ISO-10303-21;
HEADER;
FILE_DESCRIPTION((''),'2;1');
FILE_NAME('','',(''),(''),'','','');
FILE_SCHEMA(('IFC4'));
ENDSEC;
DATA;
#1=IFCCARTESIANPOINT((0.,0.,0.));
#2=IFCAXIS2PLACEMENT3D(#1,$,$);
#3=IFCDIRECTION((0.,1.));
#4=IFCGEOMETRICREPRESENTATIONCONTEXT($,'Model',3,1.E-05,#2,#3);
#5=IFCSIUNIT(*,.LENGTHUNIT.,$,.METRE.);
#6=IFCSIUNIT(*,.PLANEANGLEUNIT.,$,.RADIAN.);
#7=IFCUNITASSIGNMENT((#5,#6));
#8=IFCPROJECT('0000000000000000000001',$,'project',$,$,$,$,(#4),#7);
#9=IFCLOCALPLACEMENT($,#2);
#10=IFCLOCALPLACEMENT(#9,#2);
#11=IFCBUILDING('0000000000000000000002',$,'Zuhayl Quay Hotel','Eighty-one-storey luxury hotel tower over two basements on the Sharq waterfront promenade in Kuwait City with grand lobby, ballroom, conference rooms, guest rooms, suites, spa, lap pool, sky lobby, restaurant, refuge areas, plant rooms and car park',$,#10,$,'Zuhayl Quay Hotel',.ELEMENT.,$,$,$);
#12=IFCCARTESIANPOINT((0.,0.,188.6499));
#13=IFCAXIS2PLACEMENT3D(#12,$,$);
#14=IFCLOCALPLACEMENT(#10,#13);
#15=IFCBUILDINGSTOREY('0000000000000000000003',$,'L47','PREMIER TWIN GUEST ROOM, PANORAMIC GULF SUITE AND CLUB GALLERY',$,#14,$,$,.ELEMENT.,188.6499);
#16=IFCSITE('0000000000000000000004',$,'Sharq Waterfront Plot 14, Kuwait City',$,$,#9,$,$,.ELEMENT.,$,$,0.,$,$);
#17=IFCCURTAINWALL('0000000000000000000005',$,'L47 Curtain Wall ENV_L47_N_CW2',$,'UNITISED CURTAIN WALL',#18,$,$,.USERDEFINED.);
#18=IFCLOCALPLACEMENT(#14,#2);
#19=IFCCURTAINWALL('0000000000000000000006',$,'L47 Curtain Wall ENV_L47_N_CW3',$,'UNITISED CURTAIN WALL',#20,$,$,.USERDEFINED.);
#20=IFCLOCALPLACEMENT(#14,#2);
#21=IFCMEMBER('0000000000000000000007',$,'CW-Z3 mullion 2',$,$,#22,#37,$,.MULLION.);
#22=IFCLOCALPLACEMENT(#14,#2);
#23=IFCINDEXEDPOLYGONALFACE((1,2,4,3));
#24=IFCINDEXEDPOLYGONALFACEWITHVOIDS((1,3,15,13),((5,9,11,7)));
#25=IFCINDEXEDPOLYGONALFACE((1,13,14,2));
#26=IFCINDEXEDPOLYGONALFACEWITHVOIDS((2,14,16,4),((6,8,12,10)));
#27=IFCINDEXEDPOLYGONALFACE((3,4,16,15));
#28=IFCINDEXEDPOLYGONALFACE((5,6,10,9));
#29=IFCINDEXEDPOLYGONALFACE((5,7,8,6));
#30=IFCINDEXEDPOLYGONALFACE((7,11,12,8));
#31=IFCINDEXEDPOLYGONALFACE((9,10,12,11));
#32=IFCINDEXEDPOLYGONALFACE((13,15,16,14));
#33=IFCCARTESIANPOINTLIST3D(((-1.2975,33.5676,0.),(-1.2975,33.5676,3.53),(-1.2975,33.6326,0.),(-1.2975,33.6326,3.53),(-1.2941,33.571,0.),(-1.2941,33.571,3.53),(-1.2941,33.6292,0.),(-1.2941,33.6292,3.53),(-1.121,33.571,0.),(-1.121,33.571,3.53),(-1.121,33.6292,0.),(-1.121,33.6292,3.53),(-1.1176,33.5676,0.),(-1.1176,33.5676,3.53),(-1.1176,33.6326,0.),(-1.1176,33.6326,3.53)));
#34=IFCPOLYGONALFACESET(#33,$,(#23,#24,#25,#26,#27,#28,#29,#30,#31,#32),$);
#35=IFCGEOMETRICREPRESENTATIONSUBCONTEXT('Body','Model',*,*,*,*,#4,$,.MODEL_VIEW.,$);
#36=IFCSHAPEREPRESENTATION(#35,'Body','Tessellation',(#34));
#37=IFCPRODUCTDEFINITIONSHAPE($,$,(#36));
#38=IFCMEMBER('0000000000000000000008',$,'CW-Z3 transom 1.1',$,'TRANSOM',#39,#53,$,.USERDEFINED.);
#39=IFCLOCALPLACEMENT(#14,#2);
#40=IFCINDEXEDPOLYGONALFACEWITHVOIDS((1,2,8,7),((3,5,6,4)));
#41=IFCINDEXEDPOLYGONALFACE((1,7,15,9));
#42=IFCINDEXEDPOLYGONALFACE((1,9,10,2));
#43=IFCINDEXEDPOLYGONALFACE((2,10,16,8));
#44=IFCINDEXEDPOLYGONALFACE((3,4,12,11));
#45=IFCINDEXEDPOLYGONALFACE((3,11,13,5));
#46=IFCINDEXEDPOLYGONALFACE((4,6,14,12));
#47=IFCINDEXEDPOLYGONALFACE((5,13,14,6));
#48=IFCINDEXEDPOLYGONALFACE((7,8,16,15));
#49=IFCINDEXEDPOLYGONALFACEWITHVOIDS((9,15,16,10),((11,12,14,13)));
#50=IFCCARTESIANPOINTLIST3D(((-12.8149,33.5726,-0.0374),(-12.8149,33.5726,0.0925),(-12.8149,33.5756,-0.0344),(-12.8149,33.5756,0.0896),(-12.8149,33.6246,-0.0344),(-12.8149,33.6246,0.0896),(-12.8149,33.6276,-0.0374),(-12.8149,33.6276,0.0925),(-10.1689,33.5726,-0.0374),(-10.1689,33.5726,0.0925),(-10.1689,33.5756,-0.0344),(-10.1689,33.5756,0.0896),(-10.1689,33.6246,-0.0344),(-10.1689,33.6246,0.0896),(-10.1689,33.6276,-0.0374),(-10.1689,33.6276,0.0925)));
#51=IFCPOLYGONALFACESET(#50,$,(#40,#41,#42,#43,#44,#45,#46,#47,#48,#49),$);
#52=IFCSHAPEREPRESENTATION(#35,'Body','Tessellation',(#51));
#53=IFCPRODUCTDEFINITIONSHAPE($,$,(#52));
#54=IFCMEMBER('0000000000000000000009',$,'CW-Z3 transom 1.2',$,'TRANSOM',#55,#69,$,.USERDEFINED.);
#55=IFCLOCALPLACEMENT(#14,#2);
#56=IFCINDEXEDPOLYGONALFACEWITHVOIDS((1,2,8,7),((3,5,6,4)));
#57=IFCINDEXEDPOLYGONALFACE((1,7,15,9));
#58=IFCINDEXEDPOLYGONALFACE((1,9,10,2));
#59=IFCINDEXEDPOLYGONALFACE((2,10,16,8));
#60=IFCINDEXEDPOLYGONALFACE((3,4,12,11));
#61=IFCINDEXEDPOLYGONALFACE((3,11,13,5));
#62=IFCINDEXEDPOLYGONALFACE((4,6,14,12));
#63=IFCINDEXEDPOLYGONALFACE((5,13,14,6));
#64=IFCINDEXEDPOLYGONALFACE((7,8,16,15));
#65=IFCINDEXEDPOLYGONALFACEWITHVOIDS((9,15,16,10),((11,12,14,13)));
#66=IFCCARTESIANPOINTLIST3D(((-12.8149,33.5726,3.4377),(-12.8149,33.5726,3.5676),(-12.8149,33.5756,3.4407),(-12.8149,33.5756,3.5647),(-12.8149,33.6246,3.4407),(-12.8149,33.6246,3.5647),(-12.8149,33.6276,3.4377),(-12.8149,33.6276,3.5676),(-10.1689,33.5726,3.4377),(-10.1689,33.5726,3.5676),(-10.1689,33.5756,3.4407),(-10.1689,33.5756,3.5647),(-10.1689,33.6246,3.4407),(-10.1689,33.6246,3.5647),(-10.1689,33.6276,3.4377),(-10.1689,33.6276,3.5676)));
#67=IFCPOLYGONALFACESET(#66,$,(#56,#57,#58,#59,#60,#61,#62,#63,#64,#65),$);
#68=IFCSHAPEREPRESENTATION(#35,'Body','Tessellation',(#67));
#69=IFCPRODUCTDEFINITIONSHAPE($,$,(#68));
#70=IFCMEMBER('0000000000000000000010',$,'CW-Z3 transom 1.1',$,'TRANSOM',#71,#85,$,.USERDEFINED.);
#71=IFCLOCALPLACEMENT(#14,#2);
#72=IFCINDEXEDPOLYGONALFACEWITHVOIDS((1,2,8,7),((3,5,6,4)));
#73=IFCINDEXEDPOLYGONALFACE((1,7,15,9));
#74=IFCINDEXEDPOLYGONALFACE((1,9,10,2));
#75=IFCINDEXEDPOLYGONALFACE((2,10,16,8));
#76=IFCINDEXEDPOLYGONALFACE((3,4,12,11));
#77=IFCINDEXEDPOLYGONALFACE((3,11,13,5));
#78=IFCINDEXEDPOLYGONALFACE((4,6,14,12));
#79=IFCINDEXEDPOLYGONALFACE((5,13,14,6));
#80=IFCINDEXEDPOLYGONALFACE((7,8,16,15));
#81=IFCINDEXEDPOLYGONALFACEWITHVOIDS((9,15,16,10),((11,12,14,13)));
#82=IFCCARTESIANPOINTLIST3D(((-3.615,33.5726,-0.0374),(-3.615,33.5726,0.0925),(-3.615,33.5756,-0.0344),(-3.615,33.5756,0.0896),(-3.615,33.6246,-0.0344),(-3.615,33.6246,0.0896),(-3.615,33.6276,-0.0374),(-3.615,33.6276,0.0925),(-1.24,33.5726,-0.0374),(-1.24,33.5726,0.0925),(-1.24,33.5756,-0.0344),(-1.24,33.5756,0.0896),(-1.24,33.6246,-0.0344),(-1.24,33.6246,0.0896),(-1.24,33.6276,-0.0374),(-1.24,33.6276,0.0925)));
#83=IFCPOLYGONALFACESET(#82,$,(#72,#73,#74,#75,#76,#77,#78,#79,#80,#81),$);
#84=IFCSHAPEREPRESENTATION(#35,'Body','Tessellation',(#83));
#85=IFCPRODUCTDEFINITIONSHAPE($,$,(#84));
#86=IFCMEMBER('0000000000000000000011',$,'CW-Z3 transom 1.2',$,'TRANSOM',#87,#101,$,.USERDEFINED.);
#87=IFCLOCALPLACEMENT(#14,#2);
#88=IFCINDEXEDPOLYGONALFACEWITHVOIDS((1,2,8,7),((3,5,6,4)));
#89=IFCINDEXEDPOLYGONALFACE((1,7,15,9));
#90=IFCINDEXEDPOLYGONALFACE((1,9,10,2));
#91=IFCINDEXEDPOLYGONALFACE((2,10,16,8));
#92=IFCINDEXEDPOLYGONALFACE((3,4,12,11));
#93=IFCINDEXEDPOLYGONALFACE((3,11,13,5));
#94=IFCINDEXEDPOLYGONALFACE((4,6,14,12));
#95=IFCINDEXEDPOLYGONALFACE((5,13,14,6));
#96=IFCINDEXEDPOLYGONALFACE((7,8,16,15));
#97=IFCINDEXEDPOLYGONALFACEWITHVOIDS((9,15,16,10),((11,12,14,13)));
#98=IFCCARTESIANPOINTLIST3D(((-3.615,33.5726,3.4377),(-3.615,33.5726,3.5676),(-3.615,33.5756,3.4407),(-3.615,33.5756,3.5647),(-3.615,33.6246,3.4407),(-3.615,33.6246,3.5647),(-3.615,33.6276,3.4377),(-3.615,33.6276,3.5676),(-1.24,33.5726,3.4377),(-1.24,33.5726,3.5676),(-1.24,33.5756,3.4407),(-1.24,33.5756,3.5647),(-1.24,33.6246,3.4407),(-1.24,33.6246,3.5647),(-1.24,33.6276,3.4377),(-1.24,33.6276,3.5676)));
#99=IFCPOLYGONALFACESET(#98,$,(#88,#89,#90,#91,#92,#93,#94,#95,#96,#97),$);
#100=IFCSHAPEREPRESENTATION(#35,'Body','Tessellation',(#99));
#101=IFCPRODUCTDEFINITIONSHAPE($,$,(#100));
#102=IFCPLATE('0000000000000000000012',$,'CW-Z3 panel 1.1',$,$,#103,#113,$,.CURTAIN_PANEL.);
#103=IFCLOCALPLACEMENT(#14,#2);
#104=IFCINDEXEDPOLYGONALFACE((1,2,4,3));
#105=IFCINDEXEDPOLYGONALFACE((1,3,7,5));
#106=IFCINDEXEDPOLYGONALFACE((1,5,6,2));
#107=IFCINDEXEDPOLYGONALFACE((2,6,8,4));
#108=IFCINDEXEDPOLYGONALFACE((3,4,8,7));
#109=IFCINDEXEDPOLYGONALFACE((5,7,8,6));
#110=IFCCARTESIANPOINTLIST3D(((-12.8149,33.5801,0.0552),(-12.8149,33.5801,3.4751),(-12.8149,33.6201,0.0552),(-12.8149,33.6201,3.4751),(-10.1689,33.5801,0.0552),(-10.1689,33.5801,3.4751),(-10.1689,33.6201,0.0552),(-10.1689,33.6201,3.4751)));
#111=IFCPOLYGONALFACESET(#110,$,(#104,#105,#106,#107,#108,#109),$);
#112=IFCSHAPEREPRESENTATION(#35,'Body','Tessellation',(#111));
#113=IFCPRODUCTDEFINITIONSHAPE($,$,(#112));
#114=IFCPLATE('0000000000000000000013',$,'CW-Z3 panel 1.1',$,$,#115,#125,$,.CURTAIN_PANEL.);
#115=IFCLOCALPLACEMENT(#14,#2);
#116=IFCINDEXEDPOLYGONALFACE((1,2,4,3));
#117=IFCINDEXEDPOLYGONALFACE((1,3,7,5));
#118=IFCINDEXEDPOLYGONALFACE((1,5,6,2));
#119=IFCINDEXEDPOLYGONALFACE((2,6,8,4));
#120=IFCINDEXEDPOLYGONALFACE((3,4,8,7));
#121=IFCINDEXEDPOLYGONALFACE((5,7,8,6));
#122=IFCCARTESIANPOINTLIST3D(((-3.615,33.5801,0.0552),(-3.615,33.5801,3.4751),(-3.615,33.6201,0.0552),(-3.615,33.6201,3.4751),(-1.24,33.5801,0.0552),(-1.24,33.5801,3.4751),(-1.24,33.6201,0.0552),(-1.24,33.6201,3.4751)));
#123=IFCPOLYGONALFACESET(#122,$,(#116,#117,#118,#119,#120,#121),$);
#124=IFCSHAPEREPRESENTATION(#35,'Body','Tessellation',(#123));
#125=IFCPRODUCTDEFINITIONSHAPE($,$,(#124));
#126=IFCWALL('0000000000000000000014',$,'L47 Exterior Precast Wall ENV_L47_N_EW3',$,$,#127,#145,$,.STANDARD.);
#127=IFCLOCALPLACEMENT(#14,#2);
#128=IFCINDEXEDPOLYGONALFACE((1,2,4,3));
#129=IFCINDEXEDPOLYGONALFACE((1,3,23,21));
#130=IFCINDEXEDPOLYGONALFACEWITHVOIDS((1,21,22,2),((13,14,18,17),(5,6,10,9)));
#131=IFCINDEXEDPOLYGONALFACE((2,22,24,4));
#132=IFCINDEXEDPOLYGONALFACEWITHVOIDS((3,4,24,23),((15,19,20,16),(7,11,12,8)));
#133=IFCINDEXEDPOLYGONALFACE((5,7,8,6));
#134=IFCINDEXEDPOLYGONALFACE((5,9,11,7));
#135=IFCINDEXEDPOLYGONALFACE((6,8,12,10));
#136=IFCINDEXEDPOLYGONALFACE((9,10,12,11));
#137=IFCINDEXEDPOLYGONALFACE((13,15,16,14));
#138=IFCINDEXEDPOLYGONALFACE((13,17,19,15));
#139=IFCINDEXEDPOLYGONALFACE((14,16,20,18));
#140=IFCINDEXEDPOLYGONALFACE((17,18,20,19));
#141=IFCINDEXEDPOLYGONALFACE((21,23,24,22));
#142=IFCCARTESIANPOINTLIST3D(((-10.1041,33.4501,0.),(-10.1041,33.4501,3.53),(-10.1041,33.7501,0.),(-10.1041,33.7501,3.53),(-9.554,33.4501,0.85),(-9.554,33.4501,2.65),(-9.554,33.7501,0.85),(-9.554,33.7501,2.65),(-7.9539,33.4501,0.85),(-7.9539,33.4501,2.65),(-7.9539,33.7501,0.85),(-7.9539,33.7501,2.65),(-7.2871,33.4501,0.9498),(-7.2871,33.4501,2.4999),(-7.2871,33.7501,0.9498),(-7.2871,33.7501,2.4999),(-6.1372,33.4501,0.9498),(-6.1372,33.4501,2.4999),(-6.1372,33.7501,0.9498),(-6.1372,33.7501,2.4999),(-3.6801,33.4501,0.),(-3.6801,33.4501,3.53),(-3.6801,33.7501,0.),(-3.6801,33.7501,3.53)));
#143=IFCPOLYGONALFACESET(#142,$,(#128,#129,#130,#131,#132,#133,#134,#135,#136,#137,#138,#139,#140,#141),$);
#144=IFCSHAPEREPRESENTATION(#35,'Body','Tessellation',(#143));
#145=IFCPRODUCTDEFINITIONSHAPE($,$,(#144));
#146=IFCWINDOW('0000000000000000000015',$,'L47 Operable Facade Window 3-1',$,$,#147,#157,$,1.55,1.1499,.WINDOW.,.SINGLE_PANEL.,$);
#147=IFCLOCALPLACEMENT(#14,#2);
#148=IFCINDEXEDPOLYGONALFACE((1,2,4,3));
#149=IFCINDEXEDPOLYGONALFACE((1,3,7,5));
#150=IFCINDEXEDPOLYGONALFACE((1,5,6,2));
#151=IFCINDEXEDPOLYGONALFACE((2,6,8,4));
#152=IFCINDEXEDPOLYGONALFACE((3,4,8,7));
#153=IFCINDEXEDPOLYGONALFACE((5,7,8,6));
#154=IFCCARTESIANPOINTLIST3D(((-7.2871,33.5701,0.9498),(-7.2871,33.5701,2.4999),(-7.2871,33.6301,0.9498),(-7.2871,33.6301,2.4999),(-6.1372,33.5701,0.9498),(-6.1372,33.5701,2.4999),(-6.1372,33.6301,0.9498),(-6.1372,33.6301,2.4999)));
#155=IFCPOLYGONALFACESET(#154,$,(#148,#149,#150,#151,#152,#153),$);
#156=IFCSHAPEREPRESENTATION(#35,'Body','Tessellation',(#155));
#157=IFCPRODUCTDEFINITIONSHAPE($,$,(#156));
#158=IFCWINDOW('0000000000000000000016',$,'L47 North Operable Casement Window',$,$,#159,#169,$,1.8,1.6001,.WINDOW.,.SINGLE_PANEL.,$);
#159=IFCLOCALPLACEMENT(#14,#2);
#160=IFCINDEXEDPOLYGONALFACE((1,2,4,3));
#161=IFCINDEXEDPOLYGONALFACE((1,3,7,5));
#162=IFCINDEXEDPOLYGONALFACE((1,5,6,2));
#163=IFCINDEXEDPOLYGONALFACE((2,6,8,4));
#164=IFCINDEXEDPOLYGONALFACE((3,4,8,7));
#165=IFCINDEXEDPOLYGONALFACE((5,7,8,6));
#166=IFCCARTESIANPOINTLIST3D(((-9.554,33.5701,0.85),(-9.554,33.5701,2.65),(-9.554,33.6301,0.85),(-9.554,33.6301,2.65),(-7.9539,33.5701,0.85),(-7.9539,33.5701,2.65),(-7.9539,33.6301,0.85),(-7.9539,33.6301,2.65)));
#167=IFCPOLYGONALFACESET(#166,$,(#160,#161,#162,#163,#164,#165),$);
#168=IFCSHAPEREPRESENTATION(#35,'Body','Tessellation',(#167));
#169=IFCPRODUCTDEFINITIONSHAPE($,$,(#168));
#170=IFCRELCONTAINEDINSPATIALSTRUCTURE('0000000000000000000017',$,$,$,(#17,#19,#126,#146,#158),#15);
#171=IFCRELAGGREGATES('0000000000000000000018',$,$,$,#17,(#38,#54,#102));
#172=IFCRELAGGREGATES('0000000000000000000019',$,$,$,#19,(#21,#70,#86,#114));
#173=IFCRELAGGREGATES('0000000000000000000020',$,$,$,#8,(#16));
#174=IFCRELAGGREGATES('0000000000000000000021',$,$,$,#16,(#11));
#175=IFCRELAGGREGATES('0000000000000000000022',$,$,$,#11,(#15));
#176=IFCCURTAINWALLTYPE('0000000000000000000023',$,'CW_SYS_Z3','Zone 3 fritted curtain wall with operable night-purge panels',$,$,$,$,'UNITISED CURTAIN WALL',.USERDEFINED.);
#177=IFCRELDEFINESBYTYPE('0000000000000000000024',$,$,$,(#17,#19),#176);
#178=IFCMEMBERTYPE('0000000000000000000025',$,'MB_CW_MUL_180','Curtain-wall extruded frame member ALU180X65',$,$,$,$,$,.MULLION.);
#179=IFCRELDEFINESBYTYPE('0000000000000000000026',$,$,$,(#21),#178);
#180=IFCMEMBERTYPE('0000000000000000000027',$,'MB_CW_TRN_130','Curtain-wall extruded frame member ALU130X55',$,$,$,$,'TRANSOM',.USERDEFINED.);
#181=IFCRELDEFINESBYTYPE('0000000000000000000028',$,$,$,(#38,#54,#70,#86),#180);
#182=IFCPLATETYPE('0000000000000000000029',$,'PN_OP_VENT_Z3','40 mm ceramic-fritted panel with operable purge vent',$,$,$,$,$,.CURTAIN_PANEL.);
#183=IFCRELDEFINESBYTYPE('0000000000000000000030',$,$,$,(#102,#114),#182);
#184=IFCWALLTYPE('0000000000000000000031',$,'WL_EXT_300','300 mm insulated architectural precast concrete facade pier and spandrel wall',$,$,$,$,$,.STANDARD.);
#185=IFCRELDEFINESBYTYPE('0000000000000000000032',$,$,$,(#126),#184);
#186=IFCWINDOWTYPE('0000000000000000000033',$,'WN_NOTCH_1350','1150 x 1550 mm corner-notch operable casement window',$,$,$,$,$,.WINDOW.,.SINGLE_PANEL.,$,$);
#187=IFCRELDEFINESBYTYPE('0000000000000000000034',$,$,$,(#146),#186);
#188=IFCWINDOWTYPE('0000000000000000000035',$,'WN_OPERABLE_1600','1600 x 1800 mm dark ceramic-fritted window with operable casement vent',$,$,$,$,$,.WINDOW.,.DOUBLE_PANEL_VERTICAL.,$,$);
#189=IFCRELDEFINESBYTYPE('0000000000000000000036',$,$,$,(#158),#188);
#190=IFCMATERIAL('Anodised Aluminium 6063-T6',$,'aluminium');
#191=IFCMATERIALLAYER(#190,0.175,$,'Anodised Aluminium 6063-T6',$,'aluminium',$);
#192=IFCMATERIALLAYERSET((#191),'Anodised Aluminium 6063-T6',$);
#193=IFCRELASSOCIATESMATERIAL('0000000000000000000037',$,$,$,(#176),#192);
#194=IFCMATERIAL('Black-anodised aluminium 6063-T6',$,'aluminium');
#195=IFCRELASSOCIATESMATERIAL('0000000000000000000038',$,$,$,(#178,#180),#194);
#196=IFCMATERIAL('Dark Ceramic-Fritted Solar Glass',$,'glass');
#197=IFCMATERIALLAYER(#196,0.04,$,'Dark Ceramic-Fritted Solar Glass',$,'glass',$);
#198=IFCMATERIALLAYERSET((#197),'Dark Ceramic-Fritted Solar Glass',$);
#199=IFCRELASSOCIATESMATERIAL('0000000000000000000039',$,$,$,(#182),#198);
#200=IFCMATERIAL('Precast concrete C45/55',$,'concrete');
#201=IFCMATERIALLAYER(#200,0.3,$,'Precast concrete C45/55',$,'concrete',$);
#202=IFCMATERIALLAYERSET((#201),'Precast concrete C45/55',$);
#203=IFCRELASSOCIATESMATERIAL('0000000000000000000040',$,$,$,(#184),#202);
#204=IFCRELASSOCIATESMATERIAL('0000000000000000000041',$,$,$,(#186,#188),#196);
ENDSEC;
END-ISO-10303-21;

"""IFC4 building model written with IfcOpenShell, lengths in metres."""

from ifc_helpers import new_model, si_unit, direction, frame, frame_2d, origin, origin_2d, place, context, subcontext, project, spatial, rectangle, hollow_rectangle, extrude, material, layer, layer_set, material_profile, profile_set, type_object, element, fill, aggregate, save


model = new_model("IFC4")

# Units and contexts
model_context = context("Model", 3, precision=1e-05, world=origin(), true_north=direction((0.0, 1.0)))
body_context = subcontext(model_context, "Body", "Model", "MODEL_VIEW")
ifc_project = project(units=[si_unit("LENGTHUNIT", "METRE"), si_unit("PLANEANGLEUNIT", "RADIAN")], contexts=[model_context])

# Site, building, storey
site_placement = place(None, origin())
site = spatial("IfcSite", under=ifc_project, at=site_placement, Name="Sharq Waterfront Plot 14, Kuwait City", CompositionType="ELEMENT", RefElevation=0.0)
building_placement = place(site_placement, origin())
building = spatial("IfcBuilding", under=site, at=building_placement, Name="Zuhayl Quay Hotel", Description="Eighty-one-storey luxury hotel tower over two basements on the Sharq waterfront promenade in Kuwait City with grand lobby, ballroom, conference rooms, guest rooms, suites, spa, lap pool, sky lobby, restaurant, refuge areas, plant rooms and car park", LongName="Zuhayl Quay Hotel", CompositionType="ELEMENT")
storey_placement = place(building_placement, frame((0.0, 0.0, 188.6499)))
storey = spatial("IfcBuildingStorey", under=building, at=storey_placement, Name="L47", Description="PREMIER TWIN GUEST ROOM, PANORAMIC GULF SUITE AND CLUB GALLERY", CompositionType="ELEMENT", Elevation=188.6499)

# Curtain walls, member
ifc_material_1 = material(Name="Anodised Aluminium 6063-T6", Category="aluminium")
ifc_layer_1 = layer(ifc_material_1, 0.175, Name="Anodised Aluminium 6063-T6", Category="aluminium")
ifc_layer_set_1 = layer_set([ifc_layer_1], Name="Anodised Aluminium 6063-T6")
curtain_wall_type = type_object("IfcCurtainWallType", Name="CW_SYS_Z3", Description="Zone 3 fritted curtain wall with operable night-purge panels", ElementType="UNITISED CURTAIN WALL", PredefinedType="USERDEFINED", material=ifc_layer_set_1)
curtain_wall_1_placement = place(storey_placement, origin())
curtain_wall_1 = element("IfcCurtainWall", 1, at=curtain_wall_1_placement, inside=storey, type_object=curtain_wall_type, Name="L47 Curtain Wall ENV_L47_N_CW2", ObjectType="UNITISED CURTAIN WALL", PredefinedType="USERDEFINED")
ifc_material_2 = material(Name="Black-anodised aluminium 6063-T6", Category="aluminium")
ifc_material_profile_1 = material_profile(ifc_material_2, hollow_rectangle(XDim=0.0649, YDim=0.1799, WallThickness=0.0034, at=origin_2d()), Name="ALU180X65")
ifc_profile_set_1 = profile_set([ifc_material_profile_1], Name="Black-anodised aluminium 6063-T6")
member_type_1 = type_object("IfcMemberType", Name="MB_CW_MUL_180", Description="Curtain-wall extruded frame member ALU180X65", PredefinedType="MULLION", material=ifc_profile_set_1)
curtain_wall_2_placement = place(storey_placement, origin())
curtain_wall_2 = element("IfcCurtainWall", 2, at=curtain_wall_2_placement, inside=storey, type_object=curtain_wall_type, Name="L47 Curtain Wall ENV_L47_N_CW3", ObjectType="UNITISED CURTAIN WALL", PredefinedType="USERDEFINED")
member_1_placement = place(storey_placement, frame((-1.2075, 33.6001, 0.0), z_axis=(0.0, 0.0, 1.0), x_axis=(0.0, 1.0, 0.0)))
member_1 = element("IfcMember", 3, at=member_1_placement, type_object=member_type_1, Name="CW-Z3 mullion 2", PredefinedType="MULLION", context=body_context, shape_type="SweptSolid", body=[
    extrude(hollow_rectangle(XDim=0.0649, YDim=0.1799, WallThickness=0.0034, at=origin_2d()), origin(), (0.0, 0.0, 1.0), 3.53),
])

# Members
ifc_material_profile_2 = material_profile(ifc_material_2, hollow_rectangle(XDim=0.0549, YDim=0.1299, WallThickness=0.0029, at=origin_2d()), Name="ALU130X55")
ifc_profile_set_2 = profile_set([ifc_material_profile_2], Name="Black-anodised aluminium 6063-T6")
member_type_2 = type_object("IfcMemberType", Name="MB_CW_TRN_130", Description="Curtain-wall extruded frame member ALU130X55", ElementType="TRANSOM", PredefinedType="USERDEFINED", material=ifc_profile_set_2)
member_2_placement = place(storey_placement, frame((-12.8149, 33.6001, 0.0276), z_axis=(1.0, 0.0, 0.0), x_axis=(0.0, 1.0, 0.0)))
member_2 = element("IfcMember", 4, at=member_2_placement, type_object=member_type_2, Name="CW-Z3 transom 1.1", ObjectType="TRANSOM", PredefinedType="USERDEFINED", context=body_context, shape_type="SweptSolid", body=[
    extrude(hollow_rectangle(XDim=0.0549, YDim=0.1299, WallThickness=0.0029, at=origin_2d()), origin(), (0.0, 0.0, 1.0), 2.646),
])
member_3_placement = place(storey_placement, frame((-12.8149, 33.6001, 3.5027), z_axis=(1.0, 0.0, 0.0), x_axis=(0.0, 1.0, 0.0)))
member_3 = element("IfcMember", 5, at=member_3_placement, type_object=member_type_2, Name="CW-Z3 transom 1.2", ObjectType="TRANSOM", PredefinedType="USERDEFINED", context=body_context, shape_type="SweptSolid", body=[
    extrude(hollow_rectangle(XDim=0.0549, YDim=0.1299, WallThickness=0.0029, at=origin_2d()), origin(), (0.0, 0.0, 1.0), 2.646),
])
member_4_placement = place(storey_placement, frame((-3.615, 33.6001, 0.0276), z_axis=(1.0, 0.0, 0.0), x_axis=(0.0, 1.0, 0.0)))
member_4 = element("IfcMember", 6, at=member_4_placement, type_object=member_type_2, Name="CW-Z3 transom 1.1", ObjectType="TRANSOM", PredefinedType="USERDEFINED", context=body_context, shape_type="SweptSolid", body=[
    extrude(hollow_rectangle(XDim=0.0549, YDim=0.1299, WallThickness=0.0029, at=origin_2d()), origin(), (0.0, 0.0, 1.0), 2.375),
])
member_5_placement = place(storey_placement, frame((-3.615, 33.6001, 3.5027), z_axis=(1.0, 0.0, 0.0), x_axis=(0.0, 1.0, 0.0)))
member_5 = element("IfcMember", 7, at=member_5_placement, type_object=member_type_2, Name="CW-Z3 transom 1.2", ObjectType="TRANSOM", PredefinedType="USERDEFINED", context=body_context, shape_type="SweptSolid", body=[
    extrude(hollow_rectangle(XDim=0.0549, YDim=0.1299, WallThickness=0.0029, at=origin_2d()), origin(), (0.0, 0.0, 1.0), 2.375),
])

# Plates
ifc_material_3 = material(Name="Dark Ceramic-Fritted Solar Glass", Category="glass")
ifc_layer_2 = layer(ifc_material_3, 0.04, Name="Dark Ceramic-Fritted Solar Glass", Category="glass")
ifc_layer_set_2 = layer_set([ifc_layer_2], Name="Dark Ceramic-Fritted Solar Glass")
plate_type = type_object("IfcPlateType", Name="PN_OP_VENT_Z3", Description="40 mm ceramic-fritted panel with operable purge vent", PredefinedType="CURTAIN_PANEL", material=ifc_layer_set_2)
plate_1_placement = place(storey_placement, frame((-11.4919, 33.6001, 0.0552), z_axis=(0.0, 0.0, 1.0), x_axis=(1.0, 0.0, 0.0)))
plate_1 = element("IfcPlate", 8, at=plate_1_placement, type_object=plate_type, Name="CW-Z3 panel 1.1", PredefinedType="CURTAIN_PANEL", context=body_context, shape_type="SweptSolid", body=[
    extrude(rectangle(XDim=2.646, YDim=0.04, at=origin_2d()), origin(), (0.0, 0.0, 1.0), 3.4199),
])
aggregate(curtain_wall_1, [member_2, member_3, plate_1])
plate_2_placement = place(storey_placement, frame((-2.4275, 33.6001, 0.0552), z_axis=(0.0, 0.0, 1.0), x_axis=(1.0, 0.0, 0.0)))
plate_2 = element("IfcPlate", 9, at=plate_2_placement, type_object=plate_type, Name="CW-Z3 panel 1.1", PredefinedType="CURTAIN_PANEL", context=body_context, shape_type="SweptSolid", body=[
    extrude(rectangle(XDim=2.375, YDim=0.04, at=origin_2d()), origin(), (0.0, 0.0, 1.0), 3.4199),
])
aggregate(curtain_wall_2, [member_1, member_4, member_5, plate_2])

# Wall, openings, windows
ifc_material_4 = material(Name="Precast concrete C45/55", Category="concrete")
ifc_layer_3 = layer(ifc_material_4, 0.3, Name="Precast concrete C45/55", Category="concrete")
ifc_layer_set_3 = layer_set([ifc_layer_3], Name="Precast concrete C45/55")
wall_type_1 = type_object("IfcWallType", Name="WL_EXT_300", Description="300 mm insulated architectural precast concrete facade pier and spandrel wall", PredefinedType="STANDARD", material=ifc_layer_set_3)
wall_1_placement = place(storey_placement, frame((-10.104, 33.6001, 0.0), z_axis=(0.0, 0.0, 1.0), x_axis=(1.0, 0.0, 0.0)))
wall_1 = element("IfcWall", 10, at=wall_1_placement, inside=storey, type_object=wall_type_1, Name="L47 Exterior Precast Wall ENV_L47_N_EW3", PredefinedType="STANDARD", context=body_context, shape_type="SweptSolid", body=[
    extrude(rectangle(XDim=6.4241, YDim=0.3, at=frame_2d((3.2119, 0.0))), origin(), (0.0, 0.0, 1.0), 3.53),
])
opening_1_placement = place(wall_1_placement, frame((0.55, 0.0, 0.8501)))
opening_1 = element("IfcOpeningElement", 11, at=opening_1_placement, cuts=wall_1, PredefinedType="OPENING", context=body_context, shape_type="SweptSolid", body=[
    extrude(rectangle(XDim=1.6001, YDim=1.8, at=frame_2d((0.8, 0.8999))), frame((0.0, 0.1599, 0.0), z_axis=(0.0, -1.0, 0.0), x_axis=(1.0, 0.0, 0.0)), (0.0, 0.0, 1.0), 0.3201),
])
opening_2_placement = place(wall_1_placement, frame((2.8169, 0.0, 0.95)))
opening_2 = element("IfcOpeningElement", 12, at=opening_2_placement, cuts=wall_1, PredefinedType="OPENING", context=body_context, shape_type="SweptSolid", body=[
    extrude(rectangle(XDim=1.1499, YDim=1.55, at=frame_2d((0.575, 0.7749))), frame((0.0, 0.1599, 0.0), z_axis=(0.0, -1.0, 0.0), x_axis=(1.0, 0.0, 0.0)), (0.0, 0.0, 1.0), 0.3201),
])
window_type_1 = type_object("IfcWindowType", Name="WN_NOTCH_1350", Description="1150 x 1550 mm corner-notch operable casement window", PartitioningType="SINGLE_PANEL", PredefinedType="WINDOW", material=ifc_material_3)
window_1_placement = place(opening_2_placement, origin())
window_1 = element("IfcWindow", 13, at=window_1_placement, inside=storey, type_object=window_type_1, Name="L47 Operable Facade Window 3-1", OverallHeight=1.55, OverallWidth=1.1499, PartitioningType="SINGLE_PANEL", PredefinedType="WINDOW", context=body_context, shape_type="SweptSolid", body=[
    extrude(rectangle(XDim=1.1499, YDim=1.55, at=frame_2d((0.575, 0.7749))), frame((0.0, 0.03, 0.0), z_axis=(0.0, -1.0, 0.0), x_axis=(1.0, 0.0, 0.0)), (0.0, 0.0, 1.0), 0.0601),
])
fill(opening_2, window_1)
window_type_2 = type_object("IfcWindowType", Name="WN_OPERABLE_1600", Description="1600 x 1800 mm dark ceramic-fritted window with operable casement vent", PartitioningType="DOUBLE_PANEL_VERTICAL", PredefinedType="WINDOW", material=ifc_material_3)
window_2_placement = place(opening_1_placement, origin())
window_2 = element("IfcWindow", 14, at=window_2_placement, inside=storey, type_object=window_type_2, Name="L47 North Operable Casement Window", OverallHeight=1.8, OverallWidth=1.6001, PartitioningType="SINGLE_PANEL", PredefinedType="WINDOW", context=body_context, shape_type="SweptSolid", body=[
    extrude(rectangle(XDim=1.6001, YDim=1.8, at=frame_2d((0.8, 0.8999))), frame((0.0, 0.03, 0.0), z_axis=(0.0, -1.0, 0.0), x_axis=(1.0, 0.0, 0.0)), (0.0, 0.0, 1.0), 0.0601),
])
fill(opening_1, window_2)

save(model, "model.ifc")
